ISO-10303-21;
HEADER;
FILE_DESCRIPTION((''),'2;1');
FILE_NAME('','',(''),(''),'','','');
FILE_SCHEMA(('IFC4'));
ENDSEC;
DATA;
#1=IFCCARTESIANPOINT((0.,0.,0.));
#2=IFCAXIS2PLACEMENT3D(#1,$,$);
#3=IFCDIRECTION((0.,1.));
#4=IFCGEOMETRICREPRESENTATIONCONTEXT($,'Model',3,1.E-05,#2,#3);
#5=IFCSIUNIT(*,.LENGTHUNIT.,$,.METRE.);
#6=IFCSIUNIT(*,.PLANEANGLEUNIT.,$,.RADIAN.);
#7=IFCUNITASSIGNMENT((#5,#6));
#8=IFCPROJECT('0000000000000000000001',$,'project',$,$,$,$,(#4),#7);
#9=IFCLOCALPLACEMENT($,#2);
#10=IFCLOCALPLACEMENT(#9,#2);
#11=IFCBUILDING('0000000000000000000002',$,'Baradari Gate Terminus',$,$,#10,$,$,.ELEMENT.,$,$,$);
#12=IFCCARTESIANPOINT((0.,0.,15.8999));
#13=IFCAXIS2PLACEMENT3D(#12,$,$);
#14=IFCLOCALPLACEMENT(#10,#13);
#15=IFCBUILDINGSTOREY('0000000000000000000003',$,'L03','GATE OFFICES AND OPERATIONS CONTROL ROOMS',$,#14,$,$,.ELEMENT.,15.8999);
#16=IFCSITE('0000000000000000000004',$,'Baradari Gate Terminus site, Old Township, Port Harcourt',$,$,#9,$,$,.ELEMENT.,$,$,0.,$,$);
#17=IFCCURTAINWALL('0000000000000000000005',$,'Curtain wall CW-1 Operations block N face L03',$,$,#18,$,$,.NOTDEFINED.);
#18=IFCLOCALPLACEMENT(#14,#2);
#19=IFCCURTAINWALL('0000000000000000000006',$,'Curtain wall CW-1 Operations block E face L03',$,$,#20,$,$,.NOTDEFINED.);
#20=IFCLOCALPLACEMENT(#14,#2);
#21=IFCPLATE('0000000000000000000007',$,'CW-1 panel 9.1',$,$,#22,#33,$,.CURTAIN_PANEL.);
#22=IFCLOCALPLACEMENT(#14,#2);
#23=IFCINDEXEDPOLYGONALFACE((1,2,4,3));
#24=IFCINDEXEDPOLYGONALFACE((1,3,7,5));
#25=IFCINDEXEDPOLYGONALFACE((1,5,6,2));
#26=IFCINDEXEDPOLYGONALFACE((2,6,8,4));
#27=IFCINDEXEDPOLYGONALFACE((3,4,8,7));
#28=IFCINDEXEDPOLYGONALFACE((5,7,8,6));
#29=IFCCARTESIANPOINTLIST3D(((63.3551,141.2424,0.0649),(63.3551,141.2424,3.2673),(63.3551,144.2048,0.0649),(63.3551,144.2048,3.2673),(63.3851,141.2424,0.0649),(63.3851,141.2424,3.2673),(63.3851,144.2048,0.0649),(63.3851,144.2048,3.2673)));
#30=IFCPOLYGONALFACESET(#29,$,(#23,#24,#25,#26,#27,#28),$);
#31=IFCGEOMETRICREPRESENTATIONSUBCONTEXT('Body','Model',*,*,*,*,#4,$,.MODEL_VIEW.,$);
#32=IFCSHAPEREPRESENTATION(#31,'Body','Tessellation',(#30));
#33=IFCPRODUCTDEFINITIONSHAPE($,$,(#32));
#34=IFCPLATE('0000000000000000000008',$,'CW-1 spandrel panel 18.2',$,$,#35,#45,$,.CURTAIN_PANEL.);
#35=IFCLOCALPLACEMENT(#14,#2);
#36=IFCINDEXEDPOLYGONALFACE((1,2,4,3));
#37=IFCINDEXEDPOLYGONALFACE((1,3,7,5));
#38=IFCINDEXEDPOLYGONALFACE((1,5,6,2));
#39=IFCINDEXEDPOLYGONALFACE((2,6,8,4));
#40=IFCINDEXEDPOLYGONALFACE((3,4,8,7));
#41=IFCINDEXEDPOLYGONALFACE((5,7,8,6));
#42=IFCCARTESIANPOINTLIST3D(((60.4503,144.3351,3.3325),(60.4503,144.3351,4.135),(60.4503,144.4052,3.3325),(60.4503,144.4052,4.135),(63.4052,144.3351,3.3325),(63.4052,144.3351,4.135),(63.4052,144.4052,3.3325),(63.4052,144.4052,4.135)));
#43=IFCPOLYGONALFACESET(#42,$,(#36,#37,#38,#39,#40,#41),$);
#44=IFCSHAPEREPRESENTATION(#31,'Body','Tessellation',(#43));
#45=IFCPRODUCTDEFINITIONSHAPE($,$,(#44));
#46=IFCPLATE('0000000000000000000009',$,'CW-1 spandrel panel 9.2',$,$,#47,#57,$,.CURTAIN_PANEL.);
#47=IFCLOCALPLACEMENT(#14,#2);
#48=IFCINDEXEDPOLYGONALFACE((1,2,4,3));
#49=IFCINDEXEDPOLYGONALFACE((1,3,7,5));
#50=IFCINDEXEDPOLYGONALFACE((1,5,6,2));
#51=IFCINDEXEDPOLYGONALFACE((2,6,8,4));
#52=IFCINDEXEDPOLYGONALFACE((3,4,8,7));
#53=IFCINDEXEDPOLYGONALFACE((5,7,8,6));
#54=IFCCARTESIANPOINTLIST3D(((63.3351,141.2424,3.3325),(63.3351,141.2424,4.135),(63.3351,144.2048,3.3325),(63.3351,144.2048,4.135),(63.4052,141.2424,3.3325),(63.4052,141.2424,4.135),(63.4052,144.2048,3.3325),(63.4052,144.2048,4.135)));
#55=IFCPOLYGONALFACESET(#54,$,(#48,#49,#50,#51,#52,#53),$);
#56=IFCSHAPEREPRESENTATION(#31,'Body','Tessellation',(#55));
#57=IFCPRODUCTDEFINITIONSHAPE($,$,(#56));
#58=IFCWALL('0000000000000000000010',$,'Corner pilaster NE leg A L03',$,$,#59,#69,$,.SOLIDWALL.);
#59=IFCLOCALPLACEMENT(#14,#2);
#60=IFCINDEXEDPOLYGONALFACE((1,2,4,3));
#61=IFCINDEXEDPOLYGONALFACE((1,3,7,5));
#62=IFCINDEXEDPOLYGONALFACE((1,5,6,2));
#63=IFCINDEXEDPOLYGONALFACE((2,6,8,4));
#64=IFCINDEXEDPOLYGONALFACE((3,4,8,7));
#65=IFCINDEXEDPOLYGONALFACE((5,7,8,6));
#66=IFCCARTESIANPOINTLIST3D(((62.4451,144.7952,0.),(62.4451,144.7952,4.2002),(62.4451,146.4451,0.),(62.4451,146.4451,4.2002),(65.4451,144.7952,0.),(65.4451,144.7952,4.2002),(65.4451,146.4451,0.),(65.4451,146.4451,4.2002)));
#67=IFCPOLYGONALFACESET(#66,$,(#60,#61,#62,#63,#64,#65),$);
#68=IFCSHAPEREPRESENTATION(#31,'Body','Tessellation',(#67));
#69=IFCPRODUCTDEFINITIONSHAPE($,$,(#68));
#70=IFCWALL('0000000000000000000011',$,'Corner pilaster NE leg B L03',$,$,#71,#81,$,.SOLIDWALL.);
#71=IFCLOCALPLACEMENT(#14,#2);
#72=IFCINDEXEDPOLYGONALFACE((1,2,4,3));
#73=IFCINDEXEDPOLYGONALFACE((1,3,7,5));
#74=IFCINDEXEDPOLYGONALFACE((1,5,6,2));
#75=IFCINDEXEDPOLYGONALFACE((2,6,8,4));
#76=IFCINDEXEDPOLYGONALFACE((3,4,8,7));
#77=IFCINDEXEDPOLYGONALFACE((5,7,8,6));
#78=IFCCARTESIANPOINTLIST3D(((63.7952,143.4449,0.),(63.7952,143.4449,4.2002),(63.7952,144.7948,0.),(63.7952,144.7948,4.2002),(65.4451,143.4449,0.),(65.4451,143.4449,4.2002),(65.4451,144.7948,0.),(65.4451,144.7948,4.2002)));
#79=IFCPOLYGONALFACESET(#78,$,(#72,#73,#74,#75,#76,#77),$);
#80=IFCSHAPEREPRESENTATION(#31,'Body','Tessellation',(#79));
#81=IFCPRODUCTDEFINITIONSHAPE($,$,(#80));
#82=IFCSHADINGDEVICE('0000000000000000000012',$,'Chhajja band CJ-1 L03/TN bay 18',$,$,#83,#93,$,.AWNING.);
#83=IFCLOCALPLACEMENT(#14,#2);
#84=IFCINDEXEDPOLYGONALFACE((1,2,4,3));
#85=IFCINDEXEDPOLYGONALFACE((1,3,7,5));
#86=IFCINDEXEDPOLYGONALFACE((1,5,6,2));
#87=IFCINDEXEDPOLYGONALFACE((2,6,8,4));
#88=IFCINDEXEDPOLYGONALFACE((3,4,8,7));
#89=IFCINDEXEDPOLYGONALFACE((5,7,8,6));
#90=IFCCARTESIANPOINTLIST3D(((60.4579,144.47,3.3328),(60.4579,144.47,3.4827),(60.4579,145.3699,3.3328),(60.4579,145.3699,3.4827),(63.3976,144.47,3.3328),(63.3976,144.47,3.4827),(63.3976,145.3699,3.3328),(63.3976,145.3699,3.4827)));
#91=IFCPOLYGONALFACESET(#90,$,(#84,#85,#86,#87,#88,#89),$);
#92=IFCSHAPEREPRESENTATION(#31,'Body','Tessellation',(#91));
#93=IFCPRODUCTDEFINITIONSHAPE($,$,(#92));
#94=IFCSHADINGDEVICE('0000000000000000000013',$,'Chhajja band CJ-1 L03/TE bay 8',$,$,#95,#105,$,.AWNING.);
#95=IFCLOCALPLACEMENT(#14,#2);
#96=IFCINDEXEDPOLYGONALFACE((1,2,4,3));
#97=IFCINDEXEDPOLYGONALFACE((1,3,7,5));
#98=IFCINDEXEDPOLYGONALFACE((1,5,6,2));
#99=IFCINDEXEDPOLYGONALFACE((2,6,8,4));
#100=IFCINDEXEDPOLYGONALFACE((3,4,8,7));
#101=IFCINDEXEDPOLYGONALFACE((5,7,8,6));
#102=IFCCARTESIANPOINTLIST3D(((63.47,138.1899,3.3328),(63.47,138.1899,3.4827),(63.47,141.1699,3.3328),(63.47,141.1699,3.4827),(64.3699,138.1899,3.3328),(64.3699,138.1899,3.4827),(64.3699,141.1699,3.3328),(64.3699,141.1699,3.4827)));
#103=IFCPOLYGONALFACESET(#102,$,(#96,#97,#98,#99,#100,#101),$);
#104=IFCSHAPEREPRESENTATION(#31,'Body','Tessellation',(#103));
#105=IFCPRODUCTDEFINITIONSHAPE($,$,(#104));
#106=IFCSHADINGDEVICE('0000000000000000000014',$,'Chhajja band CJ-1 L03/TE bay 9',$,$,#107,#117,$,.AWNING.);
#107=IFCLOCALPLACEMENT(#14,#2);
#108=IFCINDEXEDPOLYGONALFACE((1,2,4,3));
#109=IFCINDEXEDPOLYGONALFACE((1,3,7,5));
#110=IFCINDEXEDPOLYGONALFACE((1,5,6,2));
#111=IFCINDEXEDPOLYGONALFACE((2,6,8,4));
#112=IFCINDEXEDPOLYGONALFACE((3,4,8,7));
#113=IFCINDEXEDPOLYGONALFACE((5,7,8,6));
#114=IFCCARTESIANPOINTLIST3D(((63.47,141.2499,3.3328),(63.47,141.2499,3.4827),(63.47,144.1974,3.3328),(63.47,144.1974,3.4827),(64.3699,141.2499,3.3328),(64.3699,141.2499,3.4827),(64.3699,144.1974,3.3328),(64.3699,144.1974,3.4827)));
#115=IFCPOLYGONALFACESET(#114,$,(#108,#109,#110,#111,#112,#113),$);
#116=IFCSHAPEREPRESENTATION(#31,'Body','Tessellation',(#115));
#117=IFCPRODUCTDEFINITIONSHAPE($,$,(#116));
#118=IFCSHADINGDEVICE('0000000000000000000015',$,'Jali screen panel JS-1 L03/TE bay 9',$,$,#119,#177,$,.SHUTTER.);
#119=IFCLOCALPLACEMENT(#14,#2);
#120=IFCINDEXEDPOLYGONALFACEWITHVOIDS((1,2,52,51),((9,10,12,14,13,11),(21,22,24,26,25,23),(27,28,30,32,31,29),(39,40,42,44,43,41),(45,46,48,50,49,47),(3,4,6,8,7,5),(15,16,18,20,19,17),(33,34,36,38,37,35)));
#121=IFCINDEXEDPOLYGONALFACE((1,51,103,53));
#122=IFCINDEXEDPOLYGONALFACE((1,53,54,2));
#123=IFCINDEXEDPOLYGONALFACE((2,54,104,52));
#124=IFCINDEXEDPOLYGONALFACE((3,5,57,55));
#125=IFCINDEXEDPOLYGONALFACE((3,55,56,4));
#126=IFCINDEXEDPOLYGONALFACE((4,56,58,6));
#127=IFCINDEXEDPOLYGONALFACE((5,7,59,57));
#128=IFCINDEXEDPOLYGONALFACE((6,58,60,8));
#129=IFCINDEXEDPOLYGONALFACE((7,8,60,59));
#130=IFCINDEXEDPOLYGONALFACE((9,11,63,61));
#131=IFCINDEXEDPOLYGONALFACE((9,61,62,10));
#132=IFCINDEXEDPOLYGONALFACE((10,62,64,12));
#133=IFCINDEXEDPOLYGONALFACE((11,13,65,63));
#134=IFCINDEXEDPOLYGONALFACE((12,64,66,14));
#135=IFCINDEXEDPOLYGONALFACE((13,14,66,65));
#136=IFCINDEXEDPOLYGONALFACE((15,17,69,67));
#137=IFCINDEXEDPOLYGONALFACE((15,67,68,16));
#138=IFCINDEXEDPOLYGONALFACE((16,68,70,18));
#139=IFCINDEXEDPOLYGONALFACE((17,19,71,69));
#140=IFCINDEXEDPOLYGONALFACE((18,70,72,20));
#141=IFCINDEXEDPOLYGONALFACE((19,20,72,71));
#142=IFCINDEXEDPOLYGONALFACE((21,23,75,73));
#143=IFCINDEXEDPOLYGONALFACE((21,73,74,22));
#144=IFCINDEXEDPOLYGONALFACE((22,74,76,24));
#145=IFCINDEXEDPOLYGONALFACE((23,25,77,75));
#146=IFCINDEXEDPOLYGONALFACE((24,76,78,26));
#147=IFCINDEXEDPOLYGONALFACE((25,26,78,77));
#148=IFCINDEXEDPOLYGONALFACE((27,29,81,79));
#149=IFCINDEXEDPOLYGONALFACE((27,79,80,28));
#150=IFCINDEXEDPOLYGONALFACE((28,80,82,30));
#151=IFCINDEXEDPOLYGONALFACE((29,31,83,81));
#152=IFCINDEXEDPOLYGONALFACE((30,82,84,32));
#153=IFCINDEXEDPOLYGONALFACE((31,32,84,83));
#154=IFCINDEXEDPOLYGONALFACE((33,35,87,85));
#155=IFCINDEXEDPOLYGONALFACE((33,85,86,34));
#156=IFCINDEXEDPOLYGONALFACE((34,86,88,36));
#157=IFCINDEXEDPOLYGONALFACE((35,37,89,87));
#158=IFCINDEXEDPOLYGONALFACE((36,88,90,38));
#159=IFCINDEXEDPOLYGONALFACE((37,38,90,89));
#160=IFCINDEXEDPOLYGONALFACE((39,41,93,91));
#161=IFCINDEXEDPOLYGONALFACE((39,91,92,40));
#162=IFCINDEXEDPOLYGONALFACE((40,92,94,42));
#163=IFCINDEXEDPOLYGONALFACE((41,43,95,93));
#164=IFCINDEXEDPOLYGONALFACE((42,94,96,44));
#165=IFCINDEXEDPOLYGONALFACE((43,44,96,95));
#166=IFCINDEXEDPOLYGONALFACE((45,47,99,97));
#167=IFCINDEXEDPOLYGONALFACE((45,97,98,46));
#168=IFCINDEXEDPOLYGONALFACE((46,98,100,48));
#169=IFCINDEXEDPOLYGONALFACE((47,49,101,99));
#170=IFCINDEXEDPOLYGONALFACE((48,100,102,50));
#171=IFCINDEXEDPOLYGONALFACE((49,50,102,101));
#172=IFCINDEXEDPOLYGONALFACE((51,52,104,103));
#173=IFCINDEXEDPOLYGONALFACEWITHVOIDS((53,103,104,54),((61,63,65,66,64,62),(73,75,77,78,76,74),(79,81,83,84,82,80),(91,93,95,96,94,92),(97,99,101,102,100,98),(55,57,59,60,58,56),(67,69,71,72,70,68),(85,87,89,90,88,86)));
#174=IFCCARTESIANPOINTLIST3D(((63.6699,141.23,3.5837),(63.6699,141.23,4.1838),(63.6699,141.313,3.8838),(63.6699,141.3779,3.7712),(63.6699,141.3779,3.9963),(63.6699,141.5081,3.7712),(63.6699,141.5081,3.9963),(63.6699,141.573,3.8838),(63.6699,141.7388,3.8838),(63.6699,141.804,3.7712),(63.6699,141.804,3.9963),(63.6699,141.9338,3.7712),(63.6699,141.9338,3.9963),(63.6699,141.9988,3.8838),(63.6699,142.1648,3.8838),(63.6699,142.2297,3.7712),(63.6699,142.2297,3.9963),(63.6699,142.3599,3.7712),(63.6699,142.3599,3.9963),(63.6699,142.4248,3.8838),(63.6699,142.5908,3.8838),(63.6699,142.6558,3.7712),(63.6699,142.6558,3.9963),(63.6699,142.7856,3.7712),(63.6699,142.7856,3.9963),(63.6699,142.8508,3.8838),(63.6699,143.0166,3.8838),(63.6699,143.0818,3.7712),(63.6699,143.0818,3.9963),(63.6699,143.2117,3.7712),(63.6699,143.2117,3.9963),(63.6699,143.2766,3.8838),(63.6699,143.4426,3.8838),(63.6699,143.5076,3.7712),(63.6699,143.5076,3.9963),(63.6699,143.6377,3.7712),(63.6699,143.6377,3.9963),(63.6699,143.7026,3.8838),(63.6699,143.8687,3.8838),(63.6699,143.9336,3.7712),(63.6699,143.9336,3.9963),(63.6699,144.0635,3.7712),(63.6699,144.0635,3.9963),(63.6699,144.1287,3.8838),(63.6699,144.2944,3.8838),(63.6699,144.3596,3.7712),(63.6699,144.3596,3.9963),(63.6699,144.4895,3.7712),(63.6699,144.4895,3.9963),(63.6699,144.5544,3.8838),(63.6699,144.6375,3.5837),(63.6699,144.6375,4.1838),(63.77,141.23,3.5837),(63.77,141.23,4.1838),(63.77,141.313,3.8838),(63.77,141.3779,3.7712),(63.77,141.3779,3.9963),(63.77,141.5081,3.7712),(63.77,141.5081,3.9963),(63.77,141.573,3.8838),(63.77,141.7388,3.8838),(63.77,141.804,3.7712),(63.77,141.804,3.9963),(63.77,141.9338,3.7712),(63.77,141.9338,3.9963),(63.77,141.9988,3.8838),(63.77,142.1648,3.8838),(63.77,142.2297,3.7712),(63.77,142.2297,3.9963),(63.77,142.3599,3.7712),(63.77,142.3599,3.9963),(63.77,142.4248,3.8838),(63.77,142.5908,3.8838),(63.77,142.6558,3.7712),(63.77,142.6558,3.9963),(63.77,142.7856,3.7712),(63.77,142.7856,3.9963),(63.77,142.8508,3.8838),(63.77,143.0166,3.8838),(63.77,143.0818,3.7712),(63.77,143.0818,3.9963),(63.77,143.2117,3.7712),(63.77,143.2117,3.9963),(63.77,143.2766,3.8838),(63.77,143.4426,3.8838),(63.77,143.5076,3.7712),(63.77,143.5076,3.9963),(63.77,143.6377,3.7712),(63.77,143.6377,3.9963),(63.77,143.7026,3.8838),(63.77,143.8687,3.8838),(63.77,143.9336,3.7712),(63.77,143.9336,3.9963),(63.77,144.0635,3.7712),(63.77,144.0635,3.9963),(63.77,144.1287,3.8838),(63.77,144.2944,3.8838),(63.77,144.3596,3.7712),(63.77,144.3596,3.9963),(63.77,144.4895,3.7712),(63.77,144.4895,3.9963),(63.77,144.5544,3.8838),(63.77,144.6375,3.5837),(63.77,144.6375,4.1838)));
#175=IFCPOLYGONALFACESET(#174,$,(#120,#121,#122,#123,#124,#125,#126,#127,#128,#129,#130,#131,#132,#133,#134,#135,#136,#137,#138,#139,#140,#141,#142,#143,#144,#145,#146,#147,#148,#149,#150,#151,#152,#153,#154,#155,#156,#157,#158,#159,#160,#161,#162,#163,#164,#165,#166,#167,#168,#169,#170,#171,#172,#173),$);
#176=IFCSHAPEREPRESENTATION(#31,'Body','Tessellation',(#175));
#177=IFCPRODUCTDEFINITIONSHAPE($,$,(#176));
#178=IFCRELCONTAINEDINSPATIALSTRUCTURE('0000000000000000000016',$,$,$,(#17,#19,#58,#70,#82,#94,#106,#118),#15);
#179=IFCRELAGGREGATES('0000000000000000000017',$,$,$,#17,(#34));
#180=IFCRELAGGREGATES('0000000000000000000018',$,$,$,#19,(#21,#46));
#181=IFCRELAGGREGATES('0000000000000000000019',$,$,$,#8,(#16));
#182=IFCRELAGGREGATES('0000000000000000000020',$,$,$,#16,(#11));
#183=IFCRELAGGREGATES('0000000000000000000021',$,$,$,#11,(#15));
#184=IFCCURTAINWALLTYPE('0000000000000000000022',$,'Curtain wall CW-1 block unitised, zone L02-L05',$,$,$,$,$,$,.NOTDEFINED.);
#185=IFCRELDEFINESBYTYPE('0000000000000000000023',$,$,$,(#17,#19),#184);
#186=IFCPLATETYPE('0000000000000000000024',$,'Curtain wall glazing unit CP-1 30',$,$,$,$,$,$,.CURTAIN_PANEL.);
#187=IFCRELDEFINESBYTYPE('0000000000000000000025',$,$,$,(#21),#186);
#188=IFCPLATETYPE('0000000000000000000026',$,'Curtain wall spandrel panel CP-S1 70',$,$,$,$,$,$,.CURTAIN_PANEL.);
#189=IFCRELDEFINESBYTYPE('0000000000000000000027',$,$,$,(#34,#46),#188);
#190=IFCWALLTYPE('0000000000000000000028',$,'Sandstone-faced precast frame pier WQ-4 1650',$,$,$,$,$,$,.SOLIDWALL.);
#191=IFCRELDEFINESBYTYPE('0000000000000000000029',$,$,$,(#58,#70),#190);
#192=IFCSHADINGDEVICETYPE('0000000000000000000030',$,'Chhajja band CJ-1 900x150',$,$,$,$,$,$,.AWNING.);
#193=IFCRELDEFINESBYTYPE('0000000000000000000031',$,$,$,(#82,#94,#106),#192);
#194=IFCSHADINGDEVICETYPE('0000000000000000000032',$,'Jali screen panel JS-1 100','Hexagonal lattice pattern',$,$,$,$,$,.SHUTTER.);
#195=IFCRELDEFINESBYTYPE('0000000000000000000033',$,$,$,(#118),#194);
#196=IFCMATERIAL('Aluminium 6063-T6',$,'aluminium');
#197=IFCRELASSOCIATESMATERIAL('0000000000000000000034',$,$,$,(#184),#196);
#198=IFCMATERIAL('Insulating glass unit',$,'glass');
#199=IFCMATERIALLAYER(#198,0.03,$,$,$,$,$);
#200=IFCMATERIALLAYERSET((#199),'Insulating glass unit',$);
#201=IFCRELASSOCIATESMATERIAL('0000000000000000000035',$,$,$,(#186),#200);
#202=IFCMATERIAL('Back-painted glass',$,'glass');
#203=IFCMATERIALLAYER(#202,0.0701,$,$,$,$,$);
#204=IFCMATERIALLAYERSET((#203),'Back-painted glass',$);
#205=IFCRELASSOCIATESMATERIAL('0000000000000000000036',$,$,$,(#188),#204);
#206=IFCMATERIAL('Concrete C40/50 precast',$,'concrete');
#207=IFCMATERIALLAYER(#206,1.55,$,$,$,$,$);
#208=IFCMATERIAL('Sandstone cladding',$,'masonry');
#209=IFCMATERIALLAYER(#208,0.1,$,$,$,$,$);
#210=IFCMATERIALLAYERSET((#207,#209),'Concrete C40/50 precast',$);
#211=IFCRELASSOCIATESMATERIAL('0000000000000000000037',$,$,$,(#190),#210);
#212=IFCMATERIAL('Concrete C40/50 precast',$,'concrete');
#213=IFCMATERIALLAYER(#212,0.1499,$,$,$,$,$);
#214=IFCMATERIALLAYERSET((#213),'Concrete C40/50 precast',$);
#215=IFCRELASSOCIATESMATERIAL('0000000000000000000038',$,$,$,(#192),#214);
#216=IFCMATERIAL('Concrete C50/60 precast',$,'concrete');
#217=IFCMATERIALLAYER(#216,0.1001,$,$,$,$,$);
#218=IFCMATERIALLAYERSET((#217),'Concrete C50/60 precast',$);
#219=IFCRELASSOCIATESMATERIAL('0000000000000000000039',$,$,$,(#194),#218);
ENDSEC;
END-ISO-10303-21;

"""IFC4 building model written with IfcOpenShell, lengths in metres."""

from ifc_helpers import new_model, si_unit, direction, frame, frame_2d, origin, origin_2d, place, context, subcontext, project, spatial, polyline, rectangle, outline, extrude, material, layer, layer_set, type_object, element, aggregate, save


model = new_model("IFC4")

# Units and contexts
model_context = context("Model", 3, precision=1e-05, world=origin(), true_north=direction((0.0, 1.0)))
body_context = subcontext(model_context, "Body", "Model", "MODEL_VIEW")
ifc_project = project(units=[si_unit("LENGTHUNIT", "METRE"), si_unit("PLANEANGLEUNIT", "RADIAN")], contexts=[model_context])

# Site, building, storey
site_placement = place(None, origin())
site = spatial("IfcSite", under=ifc_project, at=site_placement, Name="Baradari Gate Terminus site, Old Township, Port Harcourt", CompositionType="ELEMENT", RefElevation=0.0)
building_placement = place(site_placement, origin())
building = spatial("IfcBuilding", under=site, at=building_placement, Name="Baradari Gate Terminus", CompositionType="ELEMENT")
storey_placement = place(building_placement, frame((0.0, 0.0, 15.8999)))
storey = spatial("IfcBuildingStorey", under=building, at=storey_placement, Name="L03", Description="GATE OFFICES AND OPERATIONS CONTROL ROOMS", CompositionType="ELEMENT", Elevation=15.8999)

# Curtain wall
ifc_material_1 = material(Name="Aluminium 6063-T6", Category="aluminium")
curtain_wall_type = type_object("IfcCurtainWallType", Name="Curtain wall CW-1 block unitised, zone L02-L05", PredefinedType="NOTDEFINED", material=ifc_material_1)
curtain_wall_1_placement = place(storey_placement, origin())
curtain_wall_1 = element("IfcCurtainWall", 1, at=curtain_wall_1_placement, inside=storey, type_object=curtain_wall_type, Name="Curtain wall CW-1 Operations block N face L03", PredefinedType="NOTDEFINED")

# Curtain wall
curtain_wall_2_placement = place(storey_placement, origin())
curtain_wall_2 = element("IfcCurtainWall", 2, at=curtain_wall_2_placement, inside=storey, type_object=curtain_wall_type, Name="Curtain wall CW-1 Operations block E face L03", PredefinedType="NOTDEFINED")

# Plates
ifc_material_2 = material(Name="Insulating glass unit", Category="glass")
ifc_layer_1 = layer(ifc_material_2, 0.03)
ifc_layer_set_1 = layer_set([ifc_layer_1], Name="Insulating glass unit")
plate_type_1 = type_object("IfcPlateType", Name="Curtain wall glazing unit CP-1 30", PredefinedType="CURTAIN_PANEL", material=ifc_layer_set_1)
plate_1_placement = place(storey_placement, frame((63.3701, 142.7236, 0.0649), z_axis=(0.0, 0.0, 1.0), x_axis=(0.0, 1.0, 0.0)))
plate_1 = element("IfcPlate", 3, at=plate_1_placement, type_object=plate_type_1, Name="CW-1 panel 9.1", PredefinedType="CURTAIN_PANEL", context=body_context, shape_type="SweptSolid", body=[
    extrude(rectangle(XDim=2.9624, YDim=0.03, at=origin_2d()), origin(), (0.0, 0.0, 1.0), 3.2024),
])
ifc_material_3 = material(Name="Back-painted glass", Category="glass")
ifc_layer_2 = layer(ifc_material_3, 0.0701)
ifc_layer_set_2 = layer_set([ifc_layer_2], Name="Back-painted glass")
plate_type_2 = type_object("IfcPlateType", Name="Curtain wall spandrel panel CP-S1 70", PredefinedType="CURTAIN_PANEL", material=ifc_layer_set_2)
plate_2_placement = place(storey_placement, frame((61.9277, 144.3701, 3.3325), z_axis=(0.0, 0.0, 1.0), x_axis=(1.0, 0.0, 0.0)))
plate_2 = element("IfcPlate", 4, at=plate_2_placement, type_object=plate_type_2, Name="CW-1 spandrel panel 18.2", PredefinedType="CURTAIN_PANEL", context=body_context, shape_type="SweptSolid", body=[
    extrude(rectangle(XDim=2.9548, YDim=0.0701, at=origin_2d()), origin(), (0.0, 0.0, 1.0), 0.8025),
])
aggregate(curtain_wall_1, [plate_2])
plate_3_placement = place(storey_placement, frame((63.3701, 142.7236, 3.3325), z_axis=(0.0, 0.0, 1.0), x_axis=(0.0, 1.0, 0.0)))
plate_3 = element("IfcPlate", 5, at=plate_3_placement, type_object=plate_type_2, Name="CW-1 spandrel panel 9.2", PredefinedType="CURTAIN_PANEL", context=body_context, shape_type="SweptSolid", body=[
    extrude(rectangle(XDim=2.9624, YDim=0.0701, at=origin_2d()), origin(), (0.0, 0.0, 1.0), 0.8025),
])
aggregate(curtain_wall_2, [plate_1, plate_3])

# Walls
ifc_material_4 = material(Name="Concrete C40/50 precast", Category="concrete")
ifc_layer_3 = layer(ifc_material_4, 1.55)
ifc_material_5 = material(Name="Sandstone cladding", Category="masonry")
ifc_layer_4 = layer(ifc_material_5, 0.1)
ifc_layer_set_3 = layer_set([ifc_layer_3, ifc_layer_4], Name="Concrete C40/50 precast")
wall_type = type_object("IfcWallType", Name="Sandstone-faced precast frame pier WQ-4 1650", PredefinedType="SOLIDWALL", material=ifc_layer_set_3)
wall_1_placement = place(storey_placement, frame((62.4451, 145.6201, 0.0), z_axis=(0.0, 0.0, 1.0), x_axis=(1.0, 0.0, 0.0)))
element("IfcWall", 6, at=wall_1_placement, inside=storey, type_object=wall_type, Name="Corner pilaster NE leg A L03", PredefinedType="SOLIDWALL", context=body_context, shape_type="SweptSolid", body=[
    extrude(rectangle(XDim=3.0, YDim=1.6499, at=frame_2d((1.5, 0.0))), origin(), (0.0, 0.0, 1.0), 4.2002),
])
wall_2_placement = place(storey_placement, frame((64.6201, 143.4451, 0.0), z_axis=(0.0, 0.0, 1.0), x_axis=(0.0, 1.0, 0.0)))
element("IfcWall", 7, at=wall_2_placement, inside=storey, type_object=wall_type, Name="Corner pilaster NE leg B L03", PredefinedType="SOLIDWALL", context=body_context, shape_type="SweptSolid", body=[
    extrude(rectangle(XDim=1.3499, YDim=1.6499, at=frame_2d((0.6748, 0.0))), origin(), (0.0, 0.0, 1.0), 4.2002),
])

# Shading devices
ifc_material_6 = material(Name="Concrete C40/50 precast", Category="concrete")
ifc_layer_5 = layer(ifc_material_6, 0.1499)
ifc_layer_set_4 = layer_set([ifc_layer_5], Name="Concrete C40/50 precast")
shading_device_type_1 = type_object("IfcShadingDeviceType", Name="Chhajja band CJ-1 900x150", PredefinedType="AWNING", material=ifc_layer_set_4)
shading_device_1_placement = place(storey_placement, frame((61.9277, 144.9199, 3.3328), z_axis=(0.0, 0.0, 1.0), x_axis=(1.0, 0.0, 0.0)))
element("IfcShadingDevice", 8, at=shading_device_1_placement, inside=storey, type_object=shading_device_type_1, Name="Chhajja band CJ-1 L03/TN bay 18", PredefinedType="AWNING", context=body_context, shape_type="SweptSolid", body=[
    extrude(rectangle(XDim=2.9397, YDim=0.8999, at=origin_2d()), origin(), (0.0, 0.0, 1.0), 0.1499),
])
shading_device_2_placement = place(storey_placement, frame((63.9199, 139.6799, 3.3328), z_axis=(0.0, 0.0, 1.0), x_axis=(0.0, 1.0, 0.0)))
element("IfcShadingDevice", 9, at=shading_device_2_placement, inside=storey, type_object=shading_device_type_1, Name="Chhajja band CJ-1 L03/TE bay 8", PredefinedType="AWNING", context=body_context, shape_type="SweptSolid", body=[
    extrude(rectangle(XDim=2.98, YDim=0.8999, at=origin_2d()), origin(), (0.0, 0.0, 1.0), 0.1499),
])
shading_device_3_placement = place(storey_placement, frame((63.9199, 142.7236, 3.3328), z_axis=(0.0, 0.0, 1.0), x_axis=(0.0, 1.0, 0.0)))
element("IfcShadingDevice", 10, at=shading_device_3_placement, inside=storey, type_object=shading_device_type_1, Name="Chhajja band CJ-1 L03/TE bay 9", PredefinedType="AWNING", context=body_context, shape_type="SweptSolid", body=[
    extrude(rectangle(XDim=2.9475, YDim=0.8999, at=origin_2d()), origin(), (0.0, 0.0, 1.0), 0.1499),
])
ifc_material_7 = material(Name="Concrete C50/60 precast", Category="concrete")
ifc_layer_6 = layer(ifc_material_7, 0.1001)
ifc_layer_set_5 = layer_set([ifc_layer_6], Name="Concrete C50/60 precast")
shading_device_type_2 = type_object("IfcShadingDeviceType", Name="Jali screen panel JS-1 100", Description="Hexagonal lattice pattern", PredefinedType="SHUTTER", material=ifc_layer_set_5)
shading_device_4_placement = place(storey_placement, frame((63.72, 141.23, 3.5837), z_axis=(0.0, 0.0, 1.0), x_axis=(0.0, 1.0, 0.0)))
element("IfcShadingDevice", 11, at=shading_device_4_placement, inside=storey, type_object=shading_device_type_2, Name="Jali screen panel JS-1 L03/TE bay 9", PredefinedType="SHUTTER", context=body_context, shape_type="SweptSolid", body=[
    extrude(outline(polyline([(0.0, 0.0), (3.4075, 0.0), (3.4075, 0.6001), (0.0, 0.6001), (0.0, 0.0)]), holes=[polyline([(0.343, 0.3), (0.2781, 0.1875), (0.1479, 0.1875), (0.083, 0.3), (0.1479, 0.4126), (0.2781, 0.4126), (0.343, 0.3)]), polyline([(0.7688, 0.3), (0.7039, 0.1875), (0.574, 0.1875), (0.5088, 0.3), (0.574, 0.4126), (0.7039, 0.4126), (0.7688, 0.3)]), polyline([(1.1948, 0.3), (1.1299, 0.1875), (0.9998, 0.1875), (0.9348, 0.3), (0.9998, 0.4126), (1.1299, 0.4126), (1.1948, 0.3)]), polyline([(1.6208, 0.3), (1.5557, 0.1875), (1.4258, 0.1875), (1.3608, 0.3), (1.4258, 0.4126), (1.5557, 0.4126), (1.6208, 0.3)]), polyline([(2.0466, 0.3), (1.9817, 0.1875), (1.8518, 0.1875), (1.7866, 0.3), (1.8518, 0.4126), (1.9817, 0.4126), (2.0466, 0.3)]), polyline([(2.4727, 0.3), (2.4077, 0.1875), (2.2776, 0.1875), (2.2126, 0.3), (2.2776, 0.4126), (2.4077, 0.4126), (2.4727, 0.3)]), polyline([(2.8987, 0.3), (2.8335, 0.1875), (2.7036, 0.1875), (2.6387, 0.3), (2.7036, 0.4126), (2.8335, 0.4126), (2.8987, 0.3)]), polyline([(3.3245, 0.3), (3.2595, 0.1875), (3.1296, 0.1875), (3.0645, 0.3), (3.1296, 0.4126), (3.2595, 0.4126), (3.3245, 0.3)])]), frame((0.0, 0.05, 0.0), z_axis=(0.0, -1.0, 0.0), x_axis=(1.0, 0.0, 0.0)), (0.0, 0.0, 1.0), 0.1001),
])

save(model, "model.ifc")
